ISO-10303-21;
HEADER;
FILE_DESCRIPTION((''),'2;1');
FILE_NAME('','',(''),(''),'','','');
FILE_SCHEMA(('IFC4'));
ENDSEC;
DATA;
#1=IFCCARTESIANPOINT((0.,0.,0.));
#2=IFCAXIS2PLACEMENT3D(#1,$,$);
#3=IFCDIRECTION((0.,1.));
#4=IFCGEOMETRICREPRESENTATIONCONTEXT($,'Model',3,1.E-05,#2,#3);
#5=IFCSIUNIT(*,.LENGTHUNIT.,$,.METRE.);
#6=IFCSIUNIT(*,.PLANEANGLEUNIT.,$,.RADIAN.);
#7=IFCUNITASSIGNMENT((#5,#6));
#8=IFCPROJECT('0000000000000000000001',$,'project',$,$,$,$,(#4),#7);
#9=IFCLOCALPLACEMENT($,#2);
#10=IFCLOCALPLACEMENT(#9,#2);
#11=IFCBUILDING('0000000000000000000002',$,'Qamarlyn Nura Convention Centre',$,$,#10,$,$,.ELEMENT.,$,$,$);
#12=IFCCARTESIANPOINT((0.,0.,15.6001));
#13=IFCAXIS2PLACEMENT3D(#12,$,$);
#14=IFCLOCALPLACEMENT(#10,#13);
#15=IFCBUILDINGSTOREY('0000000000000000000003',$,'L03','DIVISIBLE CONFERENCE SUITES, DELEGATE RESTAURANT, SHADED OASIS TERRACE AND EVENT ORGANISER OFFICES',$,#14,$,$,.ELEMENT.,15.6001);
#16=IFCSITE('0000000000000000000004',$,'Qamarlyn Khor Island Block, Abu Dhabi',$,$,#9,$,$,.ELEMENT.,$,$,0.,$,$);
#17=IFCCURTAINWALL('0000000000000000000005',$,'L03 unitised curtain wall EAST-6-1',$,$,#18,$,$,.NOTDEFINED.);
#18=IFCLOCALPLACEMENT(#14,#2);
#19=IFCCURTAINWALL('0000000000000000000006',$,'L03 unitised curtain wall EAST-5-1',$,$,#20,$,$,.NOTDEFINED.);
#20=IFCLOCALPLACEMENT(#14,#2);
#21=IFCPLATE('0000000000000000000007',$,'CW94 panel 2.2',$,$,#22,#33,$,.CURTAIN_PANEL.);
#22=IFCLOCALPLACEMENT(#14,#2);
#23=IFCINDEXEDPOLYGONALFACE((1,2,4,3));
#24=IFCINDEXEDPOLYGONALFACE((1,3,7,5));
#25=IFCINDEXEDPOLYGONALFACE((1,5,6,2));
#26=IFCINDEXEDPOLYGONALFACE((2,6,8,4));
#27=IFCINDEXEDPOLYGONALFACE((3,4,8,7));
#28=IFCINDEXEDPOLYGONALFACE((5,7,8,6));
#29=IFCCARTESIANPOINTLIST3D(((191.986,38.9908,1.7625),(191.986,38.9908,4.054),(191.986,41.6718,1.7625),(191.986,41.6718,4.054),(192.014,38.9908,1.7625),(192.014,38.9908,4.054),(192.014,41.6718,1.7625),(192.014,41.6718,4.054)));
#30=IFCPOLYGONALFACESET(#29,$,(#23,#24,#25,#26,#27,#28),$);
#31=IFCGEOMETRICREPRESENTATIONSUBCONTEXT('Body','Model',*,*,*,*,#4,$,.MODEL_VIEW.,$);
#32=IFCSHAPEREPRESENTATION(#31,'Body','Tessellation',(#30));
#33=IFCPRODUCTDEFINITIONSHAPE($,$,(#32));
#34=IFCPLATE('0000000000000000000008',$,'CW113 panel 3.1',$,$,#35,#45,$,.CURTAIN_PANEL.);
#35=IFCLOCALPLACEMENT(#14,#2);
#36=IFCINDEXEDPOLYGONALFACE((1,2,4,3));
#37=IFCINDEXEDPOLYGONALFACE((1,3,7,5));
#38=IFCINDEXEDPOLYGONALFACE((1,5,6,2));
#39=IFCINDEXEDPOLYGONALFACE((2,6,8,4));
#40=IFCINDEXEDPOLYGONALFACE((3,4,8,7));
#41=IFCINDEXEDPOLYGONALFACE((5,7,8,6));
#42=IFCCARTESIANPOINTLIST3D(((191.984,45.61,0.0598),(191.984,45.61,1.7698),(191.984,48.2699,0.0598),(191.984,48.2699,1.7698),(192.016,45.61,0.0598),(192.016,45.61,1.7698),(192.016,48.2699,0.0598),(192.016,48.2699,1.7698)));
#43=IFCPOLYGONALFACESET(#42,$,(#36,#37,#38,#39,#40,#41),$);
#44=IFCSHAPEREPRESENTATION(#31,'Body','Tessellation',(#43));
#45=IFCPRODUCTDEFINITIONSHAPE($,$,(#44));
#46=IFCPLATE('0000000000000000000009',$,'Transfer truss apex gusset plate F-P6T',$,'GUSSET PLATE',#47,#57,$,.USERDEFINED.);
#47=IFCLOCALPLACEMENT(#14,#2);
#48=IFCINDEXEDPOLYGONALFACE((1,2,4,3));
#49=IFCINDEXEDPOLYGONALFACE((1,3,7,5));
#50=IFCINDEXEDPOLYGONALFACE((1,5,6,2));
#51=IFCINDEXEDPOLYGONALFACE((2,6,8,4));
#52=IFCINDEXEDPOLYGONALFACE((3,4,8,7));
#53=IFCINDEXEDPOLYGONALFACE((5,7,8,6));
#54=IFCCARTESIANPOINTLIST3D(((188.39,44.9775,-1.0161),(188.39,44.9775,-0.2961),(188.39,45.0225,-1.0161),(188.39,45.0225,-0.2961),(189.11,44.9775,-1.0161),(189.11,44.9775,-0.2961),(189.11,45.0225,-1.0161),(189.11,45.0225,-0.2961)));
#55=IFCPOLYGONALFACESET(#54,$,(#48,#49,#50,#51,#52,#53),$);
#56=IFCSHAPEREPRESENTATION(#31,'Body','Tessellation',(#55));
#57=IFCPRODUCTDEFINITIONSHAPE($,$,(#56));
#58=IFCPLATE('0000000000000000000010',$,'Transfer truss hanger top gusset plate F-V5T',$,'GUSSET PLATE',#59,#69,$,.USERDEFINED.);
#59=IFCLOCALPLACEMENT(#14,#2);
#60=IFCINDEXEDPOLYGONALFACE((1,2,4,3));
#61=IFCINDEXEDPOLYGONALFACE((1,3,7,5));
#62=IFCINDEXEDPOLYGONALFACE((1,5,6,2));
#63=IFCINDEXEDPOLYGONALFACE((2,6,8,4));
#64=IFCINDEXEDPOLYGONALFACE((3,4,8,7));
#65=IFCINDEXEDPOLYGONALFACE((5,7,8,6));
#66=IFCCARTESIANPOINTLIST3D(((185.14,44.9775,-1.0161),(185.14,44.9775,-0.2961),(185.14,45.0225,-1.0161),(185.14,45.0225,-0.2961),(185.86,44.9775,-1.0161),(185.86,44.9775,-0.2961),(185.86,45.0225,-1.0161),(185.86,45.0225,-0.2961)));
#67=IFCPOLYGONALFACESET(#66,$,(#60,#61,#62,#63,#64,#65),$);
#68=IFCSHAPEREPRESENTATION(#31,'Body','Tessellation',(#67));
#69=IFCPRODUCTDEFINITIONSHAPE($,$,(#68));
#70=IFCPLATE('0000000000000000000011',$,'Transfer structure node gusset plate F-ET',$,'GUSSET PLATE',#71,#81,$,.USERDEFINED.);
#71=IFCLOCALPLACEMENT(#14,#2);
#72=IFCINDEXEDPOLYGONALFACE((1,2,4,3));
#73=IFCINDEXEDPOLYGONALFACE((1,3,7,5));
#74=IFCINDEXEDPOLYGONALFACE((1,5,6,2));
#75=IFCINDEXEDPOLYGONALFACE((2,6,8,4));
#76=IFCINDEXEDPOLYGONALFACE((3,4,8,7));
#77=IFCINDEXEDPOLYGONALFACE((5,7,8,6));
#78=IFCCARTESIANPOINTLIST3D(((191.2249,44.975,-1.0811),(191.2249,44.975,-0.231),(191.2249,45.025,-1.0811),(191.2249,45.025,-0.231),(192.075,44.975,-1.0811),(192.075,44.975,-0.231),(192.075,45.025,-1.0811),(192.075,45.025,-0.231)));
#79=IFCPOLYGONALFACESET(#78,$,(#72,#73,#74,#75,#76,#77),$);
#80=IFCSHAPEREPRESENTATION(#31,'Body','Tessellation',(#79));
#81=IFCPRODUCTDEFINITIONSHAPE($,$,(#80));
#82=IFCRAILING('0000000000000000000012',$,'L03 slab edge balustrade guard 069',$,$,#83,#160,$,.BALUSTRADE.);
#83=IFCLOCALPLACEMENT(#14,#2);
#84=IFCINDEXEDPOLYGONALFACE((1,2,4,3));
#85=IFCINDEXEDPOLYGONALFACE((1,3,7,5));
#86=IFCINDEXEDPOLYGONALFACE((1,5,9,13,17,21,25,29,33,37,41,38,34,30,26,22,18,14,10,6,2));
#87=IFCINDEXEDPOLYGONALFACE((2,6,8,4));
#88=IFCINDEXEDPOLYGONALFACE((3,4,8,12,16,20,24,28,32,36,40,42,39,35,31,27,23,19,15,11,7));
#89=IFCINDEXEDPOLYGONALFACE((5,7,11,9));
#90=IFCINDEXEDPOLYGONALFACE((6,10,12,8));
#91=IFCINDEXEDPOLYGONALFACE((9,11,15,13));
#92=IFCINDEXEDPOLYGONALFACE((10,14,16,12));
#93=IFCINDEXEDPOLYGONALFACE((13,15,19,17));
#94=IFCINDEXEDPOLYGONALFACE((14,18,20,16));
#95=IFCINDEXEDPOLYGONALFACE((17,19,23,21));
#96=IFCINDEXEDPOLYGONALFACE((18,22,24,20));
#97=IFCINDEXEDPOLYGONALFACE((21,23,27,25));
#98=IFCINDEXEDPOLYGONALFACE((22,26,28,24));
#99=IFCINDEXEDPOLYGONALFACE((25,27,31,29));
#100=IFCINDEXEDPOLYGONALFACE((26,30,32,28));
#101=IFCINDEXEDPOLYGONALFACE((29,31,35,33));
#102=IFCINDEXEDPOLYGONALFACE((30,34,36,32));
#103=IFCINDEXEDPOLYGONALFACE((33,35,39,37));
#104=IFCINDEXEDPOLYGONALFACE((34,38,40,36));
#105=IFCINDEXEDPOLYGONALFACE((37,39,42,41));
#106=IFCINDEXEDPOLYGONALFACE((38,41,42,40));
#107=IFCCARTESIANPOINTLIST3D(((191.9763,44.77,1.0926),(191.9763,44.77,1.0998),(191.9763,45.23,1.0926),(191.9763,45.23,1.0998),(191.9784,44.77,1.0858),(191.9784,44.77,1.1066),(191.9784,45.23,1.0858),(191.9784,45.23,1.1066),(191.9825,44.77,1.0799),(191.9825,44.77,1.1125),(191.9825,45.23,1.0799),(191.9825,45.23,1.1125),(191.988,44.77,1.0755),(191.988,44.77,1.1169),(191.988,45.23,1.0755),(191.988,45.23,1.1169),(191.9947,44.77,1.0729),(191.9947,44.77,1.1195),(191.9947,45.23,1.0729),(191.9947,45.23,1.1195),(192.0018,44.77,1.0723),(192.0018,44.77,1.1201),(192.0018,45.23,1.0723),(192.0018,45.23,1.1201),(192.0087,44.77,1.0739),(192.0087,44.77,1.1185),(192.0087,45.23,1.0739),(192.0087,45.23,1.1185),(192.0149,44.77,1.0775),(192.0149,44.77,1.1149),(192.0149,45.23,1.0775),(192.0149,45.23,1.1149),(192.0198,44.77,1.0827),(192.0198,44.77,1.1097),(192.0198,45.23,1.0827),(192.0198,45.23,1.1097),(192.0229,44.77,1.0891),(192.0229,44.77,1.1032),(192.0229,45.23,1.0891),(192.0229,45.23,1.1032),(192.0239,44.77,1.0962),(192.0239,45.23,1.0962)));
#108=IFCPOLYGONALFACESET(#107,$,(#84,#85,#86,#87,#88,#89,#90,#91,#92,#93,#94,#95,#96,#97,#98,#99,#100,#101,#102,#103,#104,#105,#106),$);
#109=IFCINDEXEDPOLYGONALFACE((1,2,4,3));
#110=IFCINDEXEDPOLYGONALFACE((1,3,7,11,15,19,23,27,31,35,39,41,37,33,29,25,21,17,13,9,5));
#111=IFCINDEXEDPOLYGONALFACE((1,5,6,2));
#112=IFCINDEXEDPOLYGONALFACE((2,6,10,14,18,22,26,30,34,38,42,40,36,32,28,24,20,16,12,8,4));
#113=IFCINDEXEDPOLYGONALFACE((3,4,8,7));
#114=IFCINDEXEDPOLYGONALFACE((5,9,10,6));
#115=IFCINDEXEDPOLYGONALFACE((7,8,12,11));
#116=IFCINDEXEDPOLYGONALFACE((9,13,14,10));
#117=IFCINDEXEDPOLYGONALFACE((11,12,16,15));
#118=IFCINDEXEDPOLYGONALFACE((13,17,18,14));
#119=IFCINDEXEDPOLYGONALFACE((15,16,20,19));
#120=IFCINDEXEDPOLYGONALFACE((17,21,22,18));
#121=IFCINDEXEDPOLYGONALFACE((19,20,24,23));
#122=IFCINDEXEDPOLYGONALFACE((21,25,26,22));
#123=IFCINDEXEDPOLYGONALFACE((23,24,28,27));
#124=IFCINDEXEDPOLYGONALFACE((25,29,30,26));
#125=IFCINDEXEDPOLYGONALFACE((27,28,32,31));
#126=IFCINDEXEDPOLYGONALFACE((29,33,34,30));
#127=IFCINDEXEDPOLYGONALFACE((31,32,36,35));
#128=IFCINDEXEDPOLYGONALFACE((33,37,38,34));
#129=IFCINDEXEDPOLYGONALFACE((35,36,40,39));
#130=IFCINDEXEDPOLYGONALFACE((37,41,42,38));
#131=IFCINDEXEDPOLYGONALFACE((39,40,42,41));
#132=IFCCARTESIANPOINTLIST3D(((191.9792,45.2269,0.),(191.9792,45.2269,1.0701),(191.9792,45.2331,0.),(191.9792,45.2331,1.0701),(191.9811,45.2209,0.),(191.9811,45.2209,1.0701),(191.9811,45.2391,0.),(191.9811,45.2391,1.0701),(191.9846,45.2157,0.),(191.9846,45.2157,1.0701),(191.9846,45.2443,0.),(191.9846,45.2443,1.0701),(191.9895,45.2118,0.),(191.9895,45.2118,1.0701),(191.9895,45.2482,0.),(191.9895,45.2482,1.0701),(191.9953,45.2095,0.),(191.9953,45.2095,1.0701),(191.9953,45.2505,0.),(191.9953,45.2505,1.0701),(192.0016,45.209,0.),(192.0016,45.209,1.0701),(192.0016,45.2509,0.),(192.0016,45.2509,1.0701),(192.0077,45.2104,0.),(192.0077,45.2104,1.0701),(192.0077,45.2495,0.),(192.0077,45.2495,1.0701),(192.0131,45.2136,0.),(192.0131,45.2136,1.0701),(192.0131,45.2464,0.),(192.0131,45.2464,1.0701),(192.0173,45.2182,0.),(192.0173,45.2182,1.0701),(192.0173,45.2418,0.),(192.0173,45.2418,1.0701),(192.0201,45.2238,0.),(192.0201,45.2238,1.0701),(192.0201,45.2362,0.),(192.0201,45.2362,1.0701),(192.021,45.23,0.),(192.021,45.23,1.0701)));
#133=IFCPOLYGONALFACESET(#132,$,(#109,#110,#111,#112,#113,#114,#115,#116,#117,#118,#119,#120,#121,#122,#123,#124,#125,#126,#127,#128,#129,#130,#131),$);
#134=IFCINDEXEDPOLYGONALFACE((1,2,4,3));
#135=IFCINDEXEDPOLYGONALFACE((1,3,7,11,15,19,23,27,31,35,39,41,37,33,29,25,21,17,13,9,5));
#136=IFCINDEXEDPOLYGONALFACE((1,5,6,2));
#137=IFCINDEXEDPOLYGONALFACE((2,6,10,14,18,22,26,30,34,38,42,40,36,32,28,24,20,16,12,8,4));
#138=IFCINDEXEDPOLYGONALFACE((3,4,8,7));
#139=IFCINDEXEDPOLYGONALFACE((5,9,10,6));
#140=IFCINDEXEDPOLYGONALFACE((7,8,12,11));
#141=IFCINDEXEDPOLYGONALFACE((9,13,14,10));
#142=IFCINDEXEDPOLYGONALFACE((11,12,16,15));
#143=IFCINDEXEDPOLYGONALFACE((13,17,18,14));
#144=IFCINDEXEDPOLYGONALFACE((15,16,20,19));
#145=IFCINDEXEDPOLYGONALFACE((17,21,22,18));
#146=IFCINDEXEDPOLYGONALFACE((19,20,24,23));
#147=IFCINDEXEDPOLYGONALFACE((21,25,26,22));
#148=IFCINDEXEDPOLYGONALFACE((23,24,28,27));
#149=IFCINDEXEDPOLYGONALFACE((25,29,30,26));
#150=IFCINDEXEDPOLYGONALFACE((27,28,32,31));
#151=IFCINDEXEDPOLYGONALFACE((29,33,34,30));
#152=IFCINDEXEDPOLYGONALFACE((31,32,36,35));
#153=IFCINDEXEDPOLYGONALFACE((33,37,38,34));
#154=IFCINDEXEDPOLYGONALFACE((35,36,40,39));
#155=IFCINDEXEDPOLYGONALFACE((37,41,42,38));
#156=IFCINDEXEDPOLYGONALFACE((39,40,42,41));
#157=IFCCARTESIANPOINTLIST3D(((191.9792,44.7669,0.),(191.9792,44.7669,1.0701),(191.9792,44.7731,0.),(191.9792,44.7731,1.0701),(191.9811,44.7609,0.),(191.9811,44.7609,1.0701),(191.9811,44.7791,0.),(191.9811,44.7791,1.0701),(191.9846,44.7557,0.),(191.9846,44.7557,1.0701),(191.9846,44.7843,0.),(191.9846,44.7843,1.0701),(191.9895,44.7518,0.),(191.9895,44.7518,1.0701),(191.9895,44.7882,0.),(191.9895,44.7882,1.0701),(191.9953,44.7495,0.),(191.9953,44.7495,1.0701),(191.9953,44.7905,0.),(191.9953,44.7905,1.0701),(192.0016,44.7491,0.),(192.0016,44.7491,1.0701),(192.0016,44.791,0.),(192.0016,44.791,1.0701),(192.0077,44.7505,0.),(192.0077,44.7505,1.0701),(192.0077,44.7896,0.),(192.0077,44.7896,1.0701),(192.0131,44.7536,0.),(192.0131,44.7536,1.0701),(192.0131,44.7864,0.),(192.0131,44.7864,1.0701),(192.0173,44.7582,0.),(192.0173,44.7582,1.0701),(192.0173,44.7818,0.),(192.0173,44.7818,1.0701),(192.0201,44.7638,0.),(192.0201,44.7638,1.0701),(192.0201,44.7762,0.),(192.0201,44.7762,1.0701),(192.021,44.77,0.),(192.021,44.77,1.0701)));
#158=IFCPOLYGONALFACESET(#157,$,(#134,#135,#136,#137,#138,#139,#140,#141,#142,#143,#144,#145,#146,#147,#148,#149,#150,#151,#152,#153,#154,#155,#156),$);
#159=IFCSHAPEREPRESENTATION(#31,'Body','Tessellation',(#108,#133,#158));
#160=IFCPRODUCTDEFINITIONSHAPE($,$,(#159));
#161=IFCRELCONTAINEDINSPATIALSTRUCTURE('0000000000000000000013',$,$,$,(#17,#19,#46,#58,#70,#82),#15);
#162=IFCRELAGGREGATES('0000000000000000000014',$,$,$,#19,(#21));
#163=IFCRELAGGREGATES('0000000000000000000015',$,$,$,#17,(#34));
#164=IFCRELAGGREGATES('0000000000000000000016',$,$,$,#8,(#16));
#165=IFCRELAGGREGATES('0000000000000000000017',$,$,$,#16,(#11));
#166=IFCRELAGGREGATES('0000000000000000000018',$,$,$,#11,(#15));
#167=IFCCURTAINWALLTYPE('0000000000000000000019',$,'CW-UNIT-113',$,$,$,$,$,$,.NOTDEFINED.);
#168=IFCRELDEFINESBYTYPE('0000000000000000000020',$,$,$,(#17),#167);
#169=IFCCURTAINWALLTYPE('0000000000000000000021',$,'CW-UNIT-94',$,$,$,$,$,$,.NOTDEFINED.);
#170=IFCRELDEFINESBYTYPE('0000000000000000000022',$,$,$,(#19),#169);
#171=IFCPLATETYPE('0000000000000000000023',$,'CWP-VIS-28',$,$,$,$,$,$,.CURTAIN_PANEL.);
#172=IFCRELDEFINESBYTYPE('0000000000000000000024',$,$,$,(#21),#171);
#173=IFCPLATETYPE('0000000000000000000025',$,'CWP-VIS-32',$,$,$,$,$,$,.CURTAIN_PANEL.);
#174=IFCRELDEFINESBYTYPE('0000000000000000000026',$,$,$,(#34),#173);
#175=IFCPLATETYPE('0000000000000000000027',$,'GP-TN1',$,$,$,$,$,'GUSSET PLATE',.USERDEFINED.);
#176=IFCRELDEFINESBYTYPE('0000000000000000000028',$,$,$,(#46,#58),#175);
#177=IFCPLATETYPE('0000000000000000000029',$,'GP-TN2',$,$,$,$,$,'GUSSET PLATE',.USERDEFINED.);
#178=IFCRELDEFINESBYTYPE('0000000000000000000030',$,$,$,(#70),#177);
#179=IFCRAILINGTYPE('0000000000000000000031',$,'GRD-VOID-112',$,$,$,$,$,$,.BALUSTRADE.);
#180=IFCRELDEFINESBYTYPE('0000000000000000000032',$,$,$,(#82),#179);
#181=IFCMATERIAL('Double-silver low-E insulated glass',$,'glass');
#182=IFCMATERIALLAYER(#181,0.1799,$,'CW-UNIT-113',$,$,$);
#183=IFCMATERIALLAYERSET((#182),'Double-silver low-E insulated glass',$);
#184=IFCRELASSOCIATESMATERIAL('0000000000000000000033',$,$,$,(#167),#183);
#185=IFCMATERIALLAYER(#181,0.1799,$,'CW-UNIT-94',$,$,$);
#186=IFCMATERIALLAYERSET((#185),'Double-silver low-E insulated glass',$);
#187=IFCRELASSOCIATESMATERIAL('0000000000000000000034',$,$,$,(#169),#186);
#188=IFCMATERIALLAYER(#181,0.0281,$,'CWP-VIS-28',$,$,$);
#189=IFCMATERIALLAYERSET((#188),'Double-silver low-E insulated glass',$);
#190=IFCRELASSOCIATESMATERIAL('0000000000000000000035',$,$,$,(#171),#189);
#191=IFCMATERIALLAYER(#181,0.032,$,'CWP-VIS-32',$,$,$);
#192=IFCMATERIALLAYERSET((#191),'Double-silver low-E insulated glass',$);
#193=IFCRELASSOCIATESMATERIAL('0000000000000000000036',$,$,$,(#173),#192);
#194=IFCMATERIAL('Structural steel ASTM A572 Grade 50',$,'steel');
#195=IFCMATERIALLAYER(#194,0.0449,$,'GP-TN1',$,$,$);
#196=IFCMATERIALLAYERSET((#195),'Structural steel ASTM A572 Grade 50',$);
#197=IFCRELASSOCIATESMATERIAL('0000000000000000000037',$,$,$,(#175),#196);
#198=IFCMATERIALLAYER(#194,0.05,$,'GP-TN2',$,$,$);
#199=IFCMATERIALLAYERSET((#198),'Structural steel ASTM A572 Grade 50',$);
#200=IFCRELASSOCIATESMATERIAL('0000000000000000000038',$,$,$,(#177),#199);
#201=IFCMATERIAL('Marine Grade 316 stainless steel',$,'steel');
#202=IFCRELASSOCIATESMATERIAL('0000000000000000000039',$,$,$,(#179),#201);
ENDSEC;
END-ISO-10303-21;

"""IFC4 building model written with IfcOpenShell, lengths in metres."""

from ifc_helpers import new_model, si_unit, direction, frame, origin, origin_2d, place, context, subcontext, project, spatial, rectangle, circle, extrude, material, layer, layer_set, type_object, element, aggregate, save


model = new_model("IFC4")

# Units and contexts
model_context = context("Model", 3, precision=1e-05, world=origin(), true_north=direction((0.0, 1.0)))
body_context = subcontext(model_context, "Body", "Model", "MODEL_VIEW")
ifc_project = project(units=[si_unit("LENGTHUNIT", "METRE"), si_unit("PLANEANGLEUNIT", "RADIAN")], contexts=[model_context])

# Site, building, storey
site_placement = place(None, origin())
site = spatial("IfcSite", under=ifc_project, at=site_placement, Name="Qamarlyn Khor Island Block, Abu Dhabi", CompositionType="ELEMENT", RefElevation=0.0)
building_placement = place(site_placement, origin())
building = spatial("IfcBuilding", under=site, at=building_placement, Name="Qamarlyn Nura Convention Centre", CompositionType="ELEMENT")
storey_placement = place(building_placement, frame((0.0, 0.0, 15.6001)))
storey = spatial("IfcBuildingStorey", under=building, at=storey_placement, Name="L03", Description="DIVISIBLE CONFERENCE SUITES, DELEGATE RESTAURANT, SHADED OASIS TERRACE AND EVENT ORGANISER OFFICES", CompositionType="ELEMENT", Elevation=15.6001)

# Curtain wall
ifc_material_1 = material(Name="Double-silver low-E insulated glass", Category="glass")
ifc_layer_1 = layer(ifc_material_1, 0.1799, Name="CW-UNIT-113")
ifc_layer_set_1 = layer_set([ifc_layer_1], Name="Double-silver low-E insulated glass")
curtain_wall_type_1 = type_object("IfcCurtainWallType", Name="CW-UNIT-113", PredefinedType="NOTDEFINED", material=ifc_layer_set_1)
curtain_wall_1_placement = place(storey_placement, origin())
curtain_wall_1 = element("IfcCurtainWall", 1, at=curtain_wall_1_placement, inside=storey, type_object=curtain_wall_type_1, Name="L03 unitised curtain wall EAST-6-1", PredefinedType="NOTDEFINED")

# Curtain wall, plate
ifc_layer_2 = layer(ifc_material_1, 0.1799, Name="CW-UNIT-94")
ifc_layer_set_2 = layer_set([ifc_layer_2], Name="Double-silver low-E insulated glass")
curtain_wall_type_2 = type_object("IfcCurtainWallType", Name="CW-UNIT-94", PredefinedType="NOTDEFINED", material=ifc_layer_set_2)
curtain_wall_2_placement = place(storey_placement, origin())
curtain_wall_2 = element("IfcCurtainWall", 2, at=curtain_wall_2_placement, inside=storey, type_object=curtain_wall_type_2, Name="L03 unitised curtain wall EAST-5-1", PredefinedType="NOTDEFINED")
ifc_layer_3 = layer(ifc_material_1, 0.0281, Name="CWP-VIS-28")
ifc_layer_set_3 = layer_set([ifc_layer_3], Name="Double-silver low-E insulated glass")
plate_type_1 = type_object("IfcPlateType", Name="CWP-VIS-28", PredefinedType="CURTAIN_PANEL", material=ifc_layer_set_3)
plate_1_placement = place(storey_placement, frame((192.0, 40.3313, 1.7625), z_axis=(0.0, 0.0, 1.0), x_axis=(0.0, -1.0, 0.0)))
plate_1 = element("IfcPlate", 3, at=plate_1_placement, type_object=plate_type_1, Name="CW94 panel 2.2", PredefinedType="CURTAIN_PANEL", context=body_context, shape_type="SweptSolid", body=[
    extrude(rectangle(XDim=2.6809, YDim=0.0281, at=origin_2d()), origin(), (0.0, 0.0, 1.0), 2.2915),
])
aggregate(curtain_wall_2, [plate_1])

# Plate
ifc_layer_4 = layer(ifc_material_1, 0.032, Name="CWP-VIS-32")
ifc_layer_set_4 = layer_set([ifc_layer_4], Name="Double-silver low-E insulated glass")
plate_type_2 = type_object("IfcPlateType", Name="CWP-VIS-32", PredefinedType="CURTAIN_PANEL", material=ifc_layer_set_4)
plate_2_placement = place(storey_placement, frame((192.0, 46.9399, 0.0598), z_axis=(0.0, 0.0, 1.0), x_axis=(0.0, -1.0, 0.0)))
plate_2 = element("IfcPlate", 4, at=plate_2_placement, type_object=plate_type_2, Name="CW113 panel 3.1", PredefinedType="CURTAIN_PANEL", context=body_context, shape_type="SweptSolid", body=[
    extrude(rectangle(XDim=2.6599, YDim=0.032, at=origin_2d()), origin(), (0.0, 0.0, 1.0), 1.71),
])
aggregate(curtain_wall_1, [plate_2])

# Plates
ifc_material_2 = material(Name="Structural steel ASTM A572 Grade 50", Category="steel")
ifc_layer_5 = layer(ifc_material_2, 0.0449, Name="GP-TN1")
ifc_layer_set_5 = layer_set([ifc_layer_5], Name="Structural steel ASTM A572 Grade 50")
plate_type_3 = type_object("IfcPlateType", Name="GP-TN1", ElementType="GUSSET PLATE", PredefinedType="USERDEFINED", material=ifc_layer_set_5)
for number, where, z_axis, x_axis, name in (
    (5, (188.75, 45.0, -1.0161), (0.0, 0.0, 1.0), (1.0, 0.0, 0.0), "Transfer truss apex gusset plate F-P6T"),
    (6, (185.5, 45.0, -1.0161), (0.0, 0.0, 1.0), (1.0, 0.0, 0.0), "Transfer truss hanger top gusset plate F-V5T"),
):
    element("IfcPlate", number, at=place(storey_placement, frame(where, z_axis=z_axis, x_axis=x_axis)), inside=storey, type_object=plate_type_3, Name=name, ObjectType="GUSSET PLATE", PredefinedType="USERDEFINED", context=body_context, shape_type="SweptSolid", body=[
        extrude(rectangle(XDim=0.72, YDim=0.0449, at=origin_2d()), origin(), (0.0, 0.0, 1.0), 0.72),
    ])
ifc_layer_6 = layer(ifc_material_2, 0.05, Name="GP-TN2")
ifc_layer_set_6 = layer_set([ifc_layer_6], Name="Structural steel ASTM A572 Grade 50")
plate_type_4 = type_object("IfcPlateType", Name="GP-TN2", ElementType="GUSSET PLATE", PredefinedType="USERDEFINED", material=ifc_layer_set_6)
plate_3_placement = place(storey_placement, frame((191.6499, 45.0, -1.0811), z_axis=(0.0, 0.0, 1.0), x_axis=(1.0, 0.0, 0.0)))
element("IfcPlate", 7, at=plate_3_placement, inside=storey, type_object=plate_type_4, Name="Transfer structure node gusset plate F-ET", ObjectType="GUSSET PLATE", PredefinedType="USERDEFINED", context=body_context, shape_type="SweptSolid", body=[
    extrude(rectangle(XDim=0.8501, YDim=0.05, at=origin_2d()), origin(), (0.0, 0.0, 1.0), 0.8501),
])

# Railing
ifc_material_3 = material(Name="Marine Grade 316 stainless steel", Category="steel")
railing_type = type_object("IfcRailingType", Name="GRD-VOID-112", PredefinedType="BALUSTRADE", material=ifc_material_3)
railing_placement = place(storey_placement, frame((192.0, 45.23, 0.0)))
element("IfcRailing", 8, at=railing_placement, inside=storey, type_object=railing_type, Name="L03 slab edge balustrade guard 069", PredefinedType="BALUSTRADE", context=body_context, shape_type="SweptSolid", body=[
    extrude(circle(Radius=0.0239, at=origin_2d()), frame((0.0, 0.0, 1.0962), z_axis=(0.0, -1.0, 0.0), x_axis=(1.0, 0.0, 0.0)), (0.0, 0.0, 1.0), 0.46),
    extrude(circle(Radius=0.021, at=origin_2d()), origin(), (0.0, 0.0, 1.0), 1.0701),
    extrude(circle(Radius=0.021, at=origin_2d()), frame((0.0, -0.46, 0.0)), (0.0, 0.0, 1.0), 1.0701),
])

save(model, "model.ifc")
